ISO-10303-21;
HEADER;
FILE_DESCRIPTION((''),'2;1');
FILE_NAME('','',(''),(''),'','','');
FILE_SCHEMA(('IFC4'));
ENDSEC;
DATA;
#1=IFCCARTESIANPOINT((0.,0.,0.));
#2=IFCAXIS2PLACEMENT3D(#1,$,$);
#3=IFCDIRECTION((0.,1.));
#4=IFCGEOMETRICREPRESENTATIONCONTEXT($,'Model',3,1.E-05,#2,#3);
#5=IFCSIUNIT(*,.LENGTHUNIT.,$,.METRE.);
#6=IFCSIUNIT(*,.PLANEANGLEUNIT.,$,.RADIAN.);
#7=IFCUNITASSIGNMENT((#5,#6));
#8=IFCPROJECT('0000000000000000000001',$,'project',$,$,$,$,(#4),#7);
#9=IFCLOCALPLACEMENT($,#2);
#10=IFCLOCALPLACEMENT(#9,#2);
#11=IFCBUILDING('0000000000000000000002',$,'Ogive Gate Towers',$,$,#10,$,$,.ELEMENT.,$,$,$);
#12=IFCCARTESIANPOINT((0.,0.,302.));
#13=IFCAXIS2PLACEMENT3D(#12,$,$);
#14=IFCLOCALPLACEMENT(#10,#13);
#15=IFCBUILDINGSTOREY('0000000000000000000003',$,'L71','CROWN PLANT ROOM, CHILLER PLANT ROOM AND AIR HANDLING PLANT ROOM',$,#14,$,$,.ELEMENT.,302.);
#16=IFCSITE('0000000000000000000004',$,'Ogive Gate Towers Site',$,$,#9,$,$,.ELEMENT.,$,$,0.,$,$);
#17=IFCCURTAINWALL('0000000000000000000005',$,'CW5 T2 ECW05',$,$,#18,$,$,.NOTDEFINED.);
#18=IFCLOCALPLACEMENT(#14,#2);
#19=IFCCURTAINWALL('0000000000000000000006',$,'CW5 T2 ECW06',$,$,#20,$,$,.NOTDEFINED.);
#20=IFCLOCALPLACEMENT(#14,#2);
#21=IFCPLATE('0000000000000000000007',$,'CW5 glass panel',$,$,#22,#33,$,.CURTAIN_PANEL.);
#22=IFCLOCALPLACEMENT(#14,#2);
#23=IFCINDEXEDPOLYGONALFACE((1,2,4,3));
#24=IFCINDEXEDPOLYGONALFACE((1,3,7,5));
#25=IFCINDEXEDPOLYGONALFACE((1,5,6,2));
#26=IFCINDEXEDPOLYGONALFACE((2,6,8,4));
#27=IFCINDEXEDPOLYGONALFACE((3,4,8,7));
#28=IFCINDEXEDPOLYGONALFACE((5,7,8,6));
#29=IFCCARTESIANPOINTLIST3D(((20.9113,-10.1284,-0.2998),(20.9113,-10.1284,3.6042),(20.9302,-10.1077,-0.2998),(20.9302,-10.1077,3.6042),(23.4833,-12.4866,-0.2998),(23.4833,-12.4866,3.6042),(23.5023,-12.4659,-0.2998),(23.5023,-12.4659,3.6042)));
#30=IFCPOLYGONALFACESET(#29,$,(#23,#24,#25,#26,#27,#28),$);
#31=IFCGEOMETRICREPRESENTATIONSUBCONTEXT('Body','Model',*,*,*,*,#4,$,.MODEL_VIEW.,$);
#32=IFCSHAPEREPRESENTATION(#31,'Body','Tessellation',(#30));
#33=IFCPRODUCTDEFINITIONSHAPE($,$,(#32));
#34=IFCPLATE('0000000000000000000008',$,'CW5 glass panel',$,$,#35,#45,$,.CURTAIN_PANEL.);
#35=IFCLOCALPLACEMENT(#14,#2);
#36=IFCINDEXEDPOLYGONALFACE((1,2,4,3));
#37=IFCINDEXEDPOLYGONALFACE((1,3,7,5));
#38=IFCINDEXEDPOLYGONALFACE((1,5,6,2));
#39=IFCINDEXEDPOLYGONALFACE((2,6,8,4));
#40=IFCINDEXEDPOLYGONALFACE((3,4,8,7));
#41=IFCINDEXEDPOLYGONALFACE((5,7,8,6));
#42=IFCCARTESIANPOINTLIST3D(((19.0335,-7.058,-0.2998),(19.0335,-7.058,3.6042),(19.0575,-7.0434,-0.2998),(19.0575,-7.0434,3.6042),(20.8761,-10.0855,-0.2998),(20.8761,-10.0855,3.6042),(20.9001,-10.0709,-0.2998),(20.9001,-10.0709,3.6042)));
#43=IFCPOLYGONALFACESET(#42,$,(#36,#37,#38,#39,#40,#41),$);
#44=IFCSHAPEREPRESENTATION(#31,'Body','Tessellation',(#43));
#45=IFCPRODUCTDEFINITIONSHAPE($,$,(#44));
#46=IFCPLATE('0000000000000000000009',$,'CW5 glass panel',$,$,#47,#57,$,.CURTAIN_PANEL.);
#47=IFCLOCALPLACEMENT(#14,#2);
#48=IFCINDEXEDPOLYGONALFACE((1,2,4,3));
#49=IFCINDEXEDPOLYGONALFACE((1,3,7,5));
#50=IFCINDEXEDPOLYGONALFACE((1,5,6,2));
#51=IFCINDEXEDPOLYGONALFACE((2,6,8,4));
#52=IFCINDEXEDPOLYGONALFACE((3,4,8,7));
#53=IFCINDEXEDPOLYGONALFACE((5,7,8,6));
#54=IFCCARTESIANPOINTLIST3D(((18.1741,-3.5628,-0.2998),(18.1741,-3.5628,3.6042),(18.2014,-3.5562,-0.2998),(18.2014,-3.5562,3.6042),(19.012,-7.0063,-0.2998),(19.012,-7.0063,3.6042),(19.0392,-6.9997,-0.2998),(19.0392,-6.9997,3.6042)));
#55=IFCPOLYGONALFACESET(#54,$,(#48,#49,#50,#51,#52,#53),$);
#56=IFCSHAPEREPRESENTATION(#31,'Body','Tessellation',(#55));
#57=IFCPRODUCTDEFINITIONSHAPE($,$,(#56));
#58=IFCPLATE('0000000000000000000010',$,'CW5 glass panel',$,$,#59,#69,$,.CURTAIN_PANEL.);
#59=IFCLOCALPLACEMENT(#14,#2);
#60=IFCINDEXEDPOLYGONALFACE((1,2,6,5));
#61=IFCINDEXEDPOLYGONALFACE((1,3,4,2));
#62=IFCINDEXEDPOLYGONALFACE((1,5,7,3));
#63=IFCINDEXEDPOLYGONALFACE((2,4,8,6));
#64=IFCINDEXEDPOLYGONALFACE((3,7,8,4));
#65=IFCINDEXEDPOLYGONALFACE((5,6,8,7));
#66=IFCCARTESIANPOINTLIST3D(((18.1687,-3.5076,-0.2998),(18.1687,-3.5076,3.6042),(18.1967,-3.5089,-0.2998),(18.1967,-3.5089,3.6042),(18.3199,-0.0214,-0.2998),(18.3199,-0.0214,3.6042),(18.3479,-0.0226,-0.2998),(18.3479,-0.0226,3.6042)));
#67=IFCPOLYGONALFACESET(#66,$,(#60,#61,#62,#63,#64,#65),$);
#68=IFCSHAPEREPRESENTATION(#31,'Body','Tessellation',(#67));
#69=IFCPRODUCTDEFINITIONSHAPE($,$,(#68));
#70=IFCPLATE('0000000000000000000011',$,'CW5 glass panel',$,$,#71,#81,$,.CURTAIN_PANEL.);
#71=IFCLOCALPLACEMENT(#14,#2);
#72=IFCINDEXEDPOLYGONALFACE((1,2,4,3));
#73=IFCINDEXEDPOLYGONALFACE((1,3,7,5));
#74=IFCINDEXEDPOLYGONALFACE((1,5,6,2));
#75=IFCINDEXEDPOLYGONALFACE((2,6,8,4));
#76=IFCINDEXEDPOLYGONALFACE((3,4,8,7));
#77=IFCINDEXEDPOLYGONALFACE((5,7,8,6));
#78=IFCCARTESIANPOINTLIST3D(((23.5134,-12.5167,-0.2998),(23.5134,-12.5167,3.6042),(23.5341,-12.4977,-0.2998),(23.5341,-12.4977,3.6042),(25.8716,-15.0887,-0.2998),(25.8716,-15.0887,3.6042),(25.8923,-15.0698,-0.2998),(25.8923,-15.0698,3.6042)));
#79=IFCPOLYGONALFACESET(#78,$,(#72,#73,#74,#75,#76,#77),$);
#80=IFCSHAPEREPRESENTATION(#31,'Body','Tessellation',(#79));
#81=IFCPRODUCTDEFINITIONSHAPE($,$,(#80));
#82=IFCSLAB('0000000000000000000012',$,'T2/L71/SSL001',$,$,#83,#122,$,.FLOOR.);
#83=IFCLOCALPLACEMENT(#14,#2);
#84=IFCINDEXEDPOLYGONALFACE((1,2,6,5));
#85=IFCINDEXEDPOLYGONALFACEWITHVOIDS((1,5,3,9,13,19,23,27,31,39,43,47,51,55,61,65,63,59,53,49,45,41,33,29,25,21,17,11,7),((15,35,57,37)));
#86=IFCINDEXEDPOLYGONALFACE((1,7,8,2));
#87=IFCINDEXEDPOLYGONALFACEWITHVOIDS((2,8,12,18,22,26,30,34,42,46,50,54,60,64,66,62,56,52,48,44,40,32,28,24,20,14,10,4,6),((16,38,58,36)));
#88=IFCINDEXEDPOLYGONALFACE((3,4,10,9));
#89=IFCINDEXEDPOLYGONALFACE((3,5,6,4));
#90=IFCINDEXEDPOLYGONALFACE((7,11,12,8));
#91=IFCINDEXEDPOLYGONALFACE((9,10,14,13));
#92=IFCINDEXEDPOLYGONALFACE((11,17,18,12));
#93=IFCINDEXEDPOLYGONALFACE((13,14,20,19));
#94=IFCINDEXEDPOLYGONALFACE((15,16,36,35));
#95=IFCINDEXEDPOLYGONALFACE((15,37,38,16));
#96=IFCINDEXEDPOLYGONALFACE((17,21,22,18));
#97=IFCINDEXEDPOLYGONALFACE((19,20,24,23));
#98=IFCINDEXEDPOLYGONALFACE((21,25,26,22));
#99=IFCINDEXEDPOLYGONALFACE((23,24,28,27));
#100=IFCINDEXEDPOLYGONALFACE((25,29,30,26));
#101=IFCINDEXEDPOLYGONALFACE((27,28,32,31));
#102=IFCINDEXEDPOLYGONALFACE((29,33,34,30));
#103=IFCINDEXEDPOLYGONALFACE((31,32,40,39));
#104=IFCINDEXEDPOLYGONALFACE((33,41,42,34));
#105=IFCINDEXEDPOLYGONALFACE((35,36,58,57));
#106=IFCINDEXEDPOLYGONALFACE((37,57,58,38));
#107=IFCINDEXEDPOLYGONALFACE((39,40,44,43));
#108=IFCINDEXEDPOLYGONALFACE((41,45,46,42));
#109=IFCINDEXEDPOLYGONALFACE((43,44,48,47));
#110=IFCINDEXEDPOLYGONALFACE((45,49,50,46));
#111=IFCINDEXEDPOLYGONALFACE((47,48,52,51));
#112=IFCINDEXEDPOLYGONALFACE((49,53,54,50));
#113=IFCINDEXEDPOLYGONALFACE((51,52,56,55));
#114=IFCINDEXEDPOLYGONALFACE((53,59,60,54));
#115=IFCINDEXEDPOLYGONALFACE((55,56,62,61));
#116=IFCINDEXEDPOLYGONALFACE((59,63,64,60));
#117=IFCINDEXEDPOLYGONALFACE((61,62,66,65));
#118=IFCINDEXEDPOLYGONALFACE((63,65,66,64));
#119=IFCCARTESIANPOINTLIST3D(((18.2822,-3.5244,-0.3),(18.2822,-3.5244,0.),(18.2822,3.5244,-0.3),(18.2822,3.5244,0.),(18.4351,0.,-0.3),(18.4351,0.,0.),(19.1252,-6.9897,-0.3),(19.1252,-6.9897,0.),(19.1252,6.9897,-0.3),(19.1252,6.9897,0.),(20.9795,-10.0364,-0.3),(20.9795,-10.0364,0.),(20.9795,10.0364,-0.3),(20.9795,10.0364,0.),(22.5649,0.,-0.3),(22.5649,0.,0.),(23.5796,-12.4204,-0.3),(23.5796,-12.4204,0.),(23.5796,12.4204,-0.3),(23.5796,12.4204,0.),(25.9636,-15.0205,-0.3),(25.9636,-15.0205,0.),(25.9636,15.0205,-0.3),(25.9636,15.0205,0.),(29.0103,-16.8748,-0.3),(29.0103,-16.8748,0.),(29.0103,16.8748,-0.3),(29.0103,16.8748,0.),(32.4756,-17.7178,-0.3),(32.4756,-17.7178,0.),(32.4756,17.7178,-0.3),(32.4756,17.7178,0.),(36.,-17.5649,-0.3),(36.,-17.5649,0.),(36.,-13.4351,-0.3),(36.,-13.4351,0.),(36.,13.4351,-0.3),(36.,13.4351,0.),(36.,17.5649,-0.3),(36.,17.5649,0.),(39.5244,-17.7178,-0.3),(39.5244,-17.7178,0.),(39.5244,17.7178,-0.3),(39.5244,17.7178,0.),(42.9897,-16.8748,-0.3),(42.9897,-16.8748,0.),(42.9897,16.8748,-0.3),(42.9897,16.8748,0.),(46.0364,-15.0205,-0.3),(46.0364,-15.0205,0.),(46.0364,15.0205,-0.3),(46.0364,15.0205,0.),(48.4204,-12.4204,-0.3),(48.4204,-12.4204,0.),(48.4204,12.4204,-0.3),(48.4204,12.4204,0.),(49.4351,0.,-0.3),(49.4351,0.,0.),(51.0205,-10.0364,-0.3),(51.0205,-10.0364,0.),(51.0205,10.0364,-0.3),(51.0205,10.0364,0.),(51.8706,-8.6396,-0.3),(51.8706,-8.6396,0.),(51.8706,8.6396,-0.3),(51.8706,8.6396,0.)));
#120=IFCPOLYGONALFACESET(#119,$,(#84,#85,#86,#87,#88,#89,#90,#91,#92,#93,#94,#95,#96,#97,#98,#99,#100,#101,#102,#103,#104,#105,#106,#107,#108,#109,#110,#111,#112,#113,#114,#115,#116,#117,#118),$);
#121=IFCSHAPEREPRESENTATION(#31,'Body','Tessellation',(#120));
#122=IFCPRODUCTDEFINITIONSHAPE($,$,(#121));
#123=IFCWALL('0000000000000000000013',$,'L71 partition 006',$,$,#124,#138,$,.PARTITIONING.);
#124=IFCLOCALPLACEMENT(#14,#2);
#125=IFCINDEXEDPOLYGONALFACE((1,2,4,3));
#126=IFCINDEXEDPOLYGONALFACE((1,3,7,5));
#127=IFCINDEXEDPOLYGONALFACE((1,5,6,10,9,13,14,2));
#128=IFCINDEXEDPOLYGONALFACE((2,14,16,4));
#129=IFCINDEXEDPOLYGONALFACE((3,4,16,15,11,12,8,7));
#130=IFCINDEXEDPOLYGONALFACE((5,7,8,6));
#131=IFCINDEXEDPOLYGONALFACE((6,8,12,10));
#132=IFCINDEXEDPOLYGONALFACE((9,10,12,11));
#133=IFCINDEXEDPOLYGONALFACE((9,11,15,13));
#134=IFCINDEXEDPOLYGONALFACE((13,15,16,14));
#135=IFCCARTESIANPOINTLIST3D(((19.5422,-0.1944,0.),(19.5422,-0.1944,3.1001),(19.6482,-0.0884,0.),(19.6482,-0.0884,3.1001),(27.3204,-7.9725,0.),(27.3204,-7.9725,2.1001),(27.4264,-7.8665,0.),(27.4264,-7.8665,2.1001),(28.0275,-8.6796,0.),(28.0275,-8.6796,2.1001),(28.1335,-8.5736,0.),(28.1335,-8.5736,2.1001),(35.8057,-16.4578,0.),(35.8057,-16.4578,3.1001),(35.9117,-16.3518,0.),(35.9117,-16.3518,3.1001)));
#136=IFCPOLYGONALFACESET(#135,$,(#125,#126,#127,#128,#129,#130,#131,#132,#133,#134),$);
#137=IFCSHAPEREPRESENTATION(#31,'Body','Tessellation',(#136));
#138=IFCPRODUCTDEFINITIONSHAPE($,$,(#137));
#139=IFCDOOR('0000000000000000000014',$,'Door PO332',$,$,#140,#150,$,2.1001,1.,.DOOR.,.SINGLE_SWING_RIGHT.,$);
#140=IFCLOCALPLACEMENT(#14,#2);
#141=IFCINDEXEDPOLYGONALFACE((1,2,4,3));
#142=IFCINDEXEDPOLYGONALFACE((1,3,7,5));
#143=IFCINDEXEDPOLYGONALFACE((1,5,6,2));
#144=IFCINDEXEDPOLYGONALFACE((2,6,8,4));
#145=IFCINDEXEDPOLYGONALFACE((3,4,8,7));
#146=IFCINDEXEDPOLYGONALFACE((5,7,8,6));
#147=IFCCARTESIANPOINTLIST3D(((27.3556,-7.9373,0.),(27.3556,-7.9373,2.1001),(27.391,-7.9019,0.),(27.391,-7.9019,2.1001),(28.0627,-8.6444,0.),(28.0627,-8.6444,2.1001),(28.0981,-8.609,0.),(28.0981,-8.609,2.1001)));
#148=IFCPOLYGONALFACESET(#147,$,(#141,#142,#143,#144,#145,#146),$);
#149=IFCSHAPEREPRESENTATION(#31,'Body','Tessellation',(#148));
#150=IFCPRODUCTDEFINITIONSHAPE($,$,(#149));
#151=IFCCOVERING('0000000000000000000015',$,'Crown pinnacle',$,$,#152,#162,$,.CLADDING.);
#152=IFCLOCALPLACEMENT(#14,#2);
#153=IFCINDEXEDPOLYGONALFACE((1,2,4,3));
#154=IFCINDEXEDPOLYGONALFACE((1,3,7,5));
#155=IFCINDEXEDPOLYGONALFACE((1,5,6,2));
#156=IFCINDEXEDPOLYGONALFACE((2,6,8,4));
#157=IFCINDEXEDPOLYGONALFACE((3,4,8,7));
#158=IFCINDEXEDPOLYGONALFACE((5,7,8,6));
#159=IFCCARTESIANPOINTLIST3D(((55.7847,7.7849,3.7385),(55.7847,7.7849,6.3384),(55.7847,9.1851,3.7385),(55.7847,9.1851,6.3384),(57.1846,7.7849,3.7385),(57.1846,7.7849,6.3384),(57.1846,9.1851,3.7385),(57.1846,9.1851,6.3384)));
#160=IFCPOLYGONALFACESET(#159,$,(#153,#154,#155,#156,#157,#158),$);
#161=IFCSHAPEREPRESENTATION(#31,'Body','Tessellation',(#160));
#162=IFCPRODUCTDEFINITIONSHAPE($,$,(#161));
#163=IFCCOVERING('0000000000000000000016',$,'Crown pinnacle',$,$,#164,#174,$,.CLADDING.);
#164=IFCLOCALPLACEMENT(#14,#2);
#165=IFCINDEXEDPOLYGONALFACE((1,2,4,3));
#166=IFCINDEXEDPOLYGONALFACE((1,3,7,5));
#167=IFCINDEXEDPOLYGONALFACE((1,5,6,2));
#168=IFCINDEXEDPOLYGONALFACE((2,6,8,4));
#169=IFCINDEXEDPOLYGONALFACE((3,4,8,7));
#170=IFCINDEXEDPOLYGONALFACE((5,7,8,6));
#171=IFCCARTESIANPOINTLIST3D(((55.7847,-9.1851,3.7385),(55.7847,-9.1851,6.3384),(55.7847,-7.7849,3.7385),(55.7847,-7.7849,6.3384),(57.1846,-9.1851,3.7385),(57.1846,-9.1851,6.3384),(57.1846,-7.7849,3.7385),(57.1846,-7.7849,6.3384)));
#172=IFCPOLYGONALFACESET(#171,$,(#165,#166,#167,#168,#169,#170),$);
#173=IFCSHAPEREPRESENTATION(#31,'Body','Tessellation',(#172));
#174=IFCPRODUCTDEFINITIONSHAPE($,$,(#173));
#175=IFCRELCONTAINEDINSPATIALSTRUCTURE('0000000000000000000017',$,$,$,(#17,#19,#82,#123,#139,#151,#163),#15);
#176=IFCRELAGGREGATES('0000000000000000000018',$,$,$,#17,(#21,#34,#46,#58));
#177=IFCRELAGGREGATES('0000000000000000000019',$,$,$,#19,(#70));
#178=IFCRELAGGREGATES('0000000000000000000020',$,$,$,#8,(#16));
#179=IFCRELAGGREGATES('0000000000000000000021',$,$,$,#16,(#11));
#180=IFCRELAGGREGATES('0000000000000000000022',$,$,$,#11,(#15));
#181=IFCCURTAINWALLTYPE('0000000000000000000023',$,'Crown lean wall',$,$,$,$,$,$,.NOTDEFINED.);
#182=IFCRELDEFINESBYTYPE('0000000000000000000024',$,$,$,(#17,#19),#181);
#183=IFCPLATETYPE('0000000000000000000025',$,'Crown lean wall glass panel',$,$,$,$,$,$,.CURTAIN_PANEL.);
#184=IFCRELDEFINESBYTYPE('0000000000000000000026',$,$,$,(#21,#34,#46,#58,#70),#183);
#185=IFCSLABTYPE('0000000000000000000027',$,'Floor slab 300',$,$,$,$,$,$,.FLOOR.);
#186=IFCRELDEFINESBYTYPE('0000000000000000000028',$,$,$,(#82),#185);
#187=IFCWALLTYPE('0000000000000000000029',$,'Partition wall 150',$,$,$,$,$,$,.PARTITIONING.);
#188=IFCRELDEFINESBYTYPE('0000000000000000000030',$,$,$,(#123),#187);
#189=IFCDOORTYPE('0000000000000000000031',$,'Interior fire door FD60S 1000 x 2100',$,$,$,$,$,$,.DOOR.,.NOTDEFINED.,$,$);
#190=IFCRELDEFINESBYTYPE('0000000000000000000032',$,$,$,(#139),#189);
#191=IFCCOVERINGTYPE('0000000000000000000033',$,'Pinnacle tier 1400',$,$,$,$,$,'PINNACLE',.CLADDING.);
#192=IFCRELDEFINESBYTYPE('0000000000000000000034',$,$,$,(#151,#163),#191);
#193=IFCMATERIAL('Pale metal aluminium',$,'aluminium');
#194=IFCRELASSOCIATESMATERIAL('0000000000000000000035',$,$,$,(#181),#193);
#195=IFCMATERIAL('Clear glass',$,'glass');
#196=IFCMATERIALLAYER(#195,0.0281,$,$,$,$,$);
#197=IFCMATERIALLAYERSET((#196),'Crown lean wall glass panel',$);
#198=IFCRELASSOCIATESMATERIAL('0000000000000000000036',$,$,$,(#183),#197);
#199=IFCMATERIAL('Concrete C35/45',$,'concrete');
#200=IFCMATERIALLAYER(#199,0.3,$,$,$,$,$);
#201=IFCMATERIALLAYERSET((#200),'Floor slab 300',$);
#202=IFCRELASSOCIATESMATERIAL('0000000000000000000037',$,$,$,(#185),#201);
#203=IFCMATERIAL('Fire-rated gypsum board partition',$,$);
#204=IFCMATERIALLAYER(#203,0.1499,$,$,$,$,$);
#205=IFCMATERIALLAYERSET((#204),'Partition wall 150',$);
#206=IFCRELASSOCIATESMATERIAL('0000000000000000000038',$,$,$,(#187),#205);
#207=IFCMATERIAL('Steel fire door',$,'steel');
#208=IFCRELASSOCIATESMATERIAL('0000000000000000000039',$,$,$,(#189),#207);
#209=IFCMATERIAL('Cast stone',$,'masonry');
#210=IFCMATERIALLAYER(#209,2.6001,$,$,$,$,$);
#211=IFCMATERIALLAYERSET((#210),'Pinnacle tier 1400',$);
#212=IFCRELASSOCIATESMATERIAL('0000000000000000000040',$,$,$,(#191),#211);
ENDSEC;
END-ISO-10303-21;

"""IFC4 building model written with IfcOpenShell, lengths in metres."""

from ifc_helpers import new_model, si_unit, direction, frame, frame_2d, origin, origin_2d, place, context, subcontext, project, spatial, polyline, rectangle, outline, extrude, material, layer, layer_set, type_object, element, fill, aggregate, save


model = new_model("IFC4")

# Units and contexts
model_context = context("Model", 3, precision=1e-05, world=origin(), true_north=direction((0.0, 1.0)))
body_context = subcontext(model_context, "Body", "Model", "MODEL_VIEW")
ifc_project = project(units=[si_unit("LENGTHUNIT", "METRE"), si_unit("PLANEANGLEUNIT", "RADIAN")], contexts=[model_context])

# Site, building, storey
site_placement = place(None, origin())
site = spatial("IfcSite", under=ifc_project, at=site_placement, Name="Ogive Gate Towers Site", CompositionType="ELEMENT", RefElevation=0.0)
building_placement = place(site_placement, origin())
building = spatial("IfcBuilding", under=site, at=building_placement, Name="Ogive Gate Towers", CompositionType="ELEMENT")
storey_placement = place(building_placement, frame((0.0, 0.0, 302.0)))
storey = spatial("IfcBuildingStorey", under=building, at=storey_placement, Name="L71", Description="CROWN PLANT ROOM, CHILLER PLANT ROOM AND AIR HANDLING PLANT ROOM", CompositionType="ELEMENT", Elevation=302.0)

# Shared definitions
ifc_material_1 = material(Name="Pale metal aluminium", Category="aluminium")
curtain_wall_type = type_object("IfcCurtainWallType", Name="Crown lean wall", PredefinedType="NOTDEFINED", material=ifc_material_1)

# Curtain wall
curtain_wall_1_placement = place(storey_placement, origin())
curtain_wall_1 = element("IfcCurtainWall", 1, at=curtain_wall_1_placement, inside=storey, type_object=curtain_wall_type, Name="CW5 T2 ECW05", PredefinedType="NOTDEFINED")

# Curtain wall
curtain_wall_2_placement = place(storey_placement, origin())
curtain_wall_2 = element("IfcCurtainWall", 2, at=curtain_wall_2_placement, inside=storey, type_object=curtain_wall_type, Name="CW5 T2 ECW06", PredefinedType="NOTDEFINED")

# Plates
ifc_material_2 = material(Name="Clear glass", Category="glass")
ifc_layer_1 = layer(ifc_material_2, 0.0281)
ifc_layer_set_1 = layer_set([ifc_layer_1], Name="Crown lean wall glass panel")
plate_type = type_object("IfcPlateType", Name="Crown lean wall glass panel", PredefinedType="CURTAIN_PANEL", material=ifc_layer_set_1)
plate_1_placement = place(storey_placement, frame((22.2068, -11.2971, -0.2998), z_axis=(0.0, 0.0, 1.0), x_axis=(-0.737089, 0.675796, 0.0)))
plate_1 = element("IfcPlate", 3, at=plate_1_placement, type_object=plate_type, Name="CW5 glass panel", PredefinedType="CURTAIN_PANEL", context=body_context, shape_type="SweptSolid", body=[
    extrude(rectangle(XDim=3.4895, YDim=0.0281, at=origin_2d()), origin(), (0.0, 0.0, 1.0), 3.9041),
])
plate_2_placement = place(storey_placement, frame((19.9668, -8.5645, -0.2998), z_axis=(0.0, 0.0, 1.0), x_axis=(-0.519892, 0.854232, 0.0)))
plate_2 = element("IfcPlate", 4, at=plate_2_placement, type_object=plate_type, Name="CW5 glass panel", PredefinedType="CURTAIN_PANEL", context=body_context, shape_type="SweptSolid", body=[
    extrude(rectangle(XDim=3.5442, YDim=0.0281, at=origin_2d()), origin(), (0.0, 0.0, 1.0), 3.9041),
])
plate_3_placement = place(storey_placement, frame((18.6067, -5.2812, -0.2998), z_axis=(0.0, 0.0, 1.0), x_axis=(-0.236414, 0.971652, 0.0)))
plate_3 = element("IfcPlate", 5, at=plate_3_placement, type_object=plate_type, Name="CW5 glass panel", PredefinedType="CURTAIN_PANEL", context=body_context, shape_type="SweptSolid", body=[
    extrude(rectangle(XDim=3.5439, YDim=0.0281, at=origin_2d()), origin(), (0.0, 0.0, 1.0), 3.9041),
])
plate_4_placement = place(storey_placement, frame((18.2583, -1.7651, -0.2998), z_axis=(0.0, 0.0, 1.0), x_axis=(0.04334, 0.99906, 0.0)))
plate_4 = element("IfcPlate", 6, at=plate_4_placement, type_object=plate_type, Name="CW5 glass panel", PredefinedType="CURTAIN_PANEL", context=body_context, shape_type="SweptSolid", body=[
    extrude(rectangle(XDim=3.4895, YDim=0.0281, at=origin_2d()), origin(), (0.0, 0.0, 1.0), 3.9041),
])
aggregate(curtain_wall_1, [plate_1, plate_2, plate_3, plate_4])
plate_5_placement = place(storey_placement, frame((24.7029, -13.7932, -0.2998), z_axis=(0.0, 0.0, 1.0), x_axis=(-0.675796, 0.737089, 0.0)))
plate_5 = element("IfcPlate", 7, at=plate_5_placement, type_object=plate_type, Name="CW5 glass panel", PredefinedType="CURTAIN_PANEL", context=body_context, shape_type="SweptSolid", body=[
    extrude(rectangle(XDim=3.4895, YDim=0.0281, at=origin_2d()), origin(), (0.0, 0.0, 1.0), 3.9041),
])
aggregate(curtain_wall_2, [plate_5])

# Slab
ifc_material_3 = material(Name="Concrete C35/45", Category="concrete")
ifc_layer_2 = layer(ifc_material_3, 0.3)
ifc_layer_set_2 = layer_set([ifc_layer_2], Name="Floor slab 300")
slab_type = type_object("IfcSlabType", Name="Floor slab 300", PredefinedType="FLOOR", material=ifc_layer_set_2)
slab_placement = place(storey_placement, frame((0.0, 0.0, -0.3)))
element("IfcSlab", 8, at=slab_placement, inside=storey, type_object=slab_type, Name="T2/L71/SSL001", PredefinedType="FLOOR", context=body_context, shape_type="SweptSolid", body=[
    extrude(outline(polyline([(48.4204, -12.4204), (51.0205, -10.0364), (51.8706, -8.6396), (51.8706, 8.6396), (51.0205, 10.0364), (48.4204, 12.4204), (46.0364, 15.0205), (42.9897, 16.8748), (39.5244, 17.7178), (36.0, 17.5649), (32.4756, 17.7178), (29.0103, 16.8748), (25.9636, 15.0205), (23.5796, 12.4204), (20.9795, 10.0364), (19.1252, 6.9897), (18.2822, 3.5244), (18.4351, 0.0), (18.2822, -3.5244), (19.1252, -6.9897), (20.9795, -10.0364), (23.5796, -12.4204), (25.9636, -15.0205), (29.0103, -16.8748), (32.4756, -17.7178), (36.0, -17.5649), (39.5244, -17.7178), (42.9897, -16.8748), (46.0364, -15.0205), (48.4204, -12.4204)]), holes=[polyline([(49.4351, 0.0), (36.0, -13.4351), (22.5649, 0.0), (36.0, 13.4351), (49.4351, 0.0)])]), origin(), (0.0, 0.0, 1.0), 0.3),
])

# Wall, opening, door
ifc_material_4 = material(Name="Fire-rated gypsum board partition")
ifc_layer_3 = layer(ifc_material_4, 0.1499)
ifc_layer_set_3 = layer_set([ifc_layer_3], Name="Partition wall 150")
wall_type = type_object("IfcWallType", Name="Partition wall 150", PredefinedType="PARTITIONING", material=ifc_layer_set_3)
wall_placement = place(storey_placement, frame((19.5952, -0.1414, 0.0), z_axis=(0.0, 0.0, 1.0), x_axis=(0.707107, -0.707107, 0.0)))
wall = element("IfcWall", 9, at=wall_placement, inside=storey, type_object=wall_type, Name="L71 partition 006", PredefinedType="PARTITIONING", context=body_context, shape_type="SweptSolid", body=[
    extrude(rectangle(XDim=23.0, YDim=0.1499, at=frame_2d((11.5, 0.0))), origin(), (0.0, 0.0, 1.0), 3.1001),
])
opening_placement = place(wall_placement, frame((11.0, 0.0, 0.0)))
opening = element("IfcOpeningElement", 10, at=opening_placement, cuts=wall, PredefinedType="OPENING", context=body_context, shape_type="SweptSolid", body=[
    extrude(rectangle(XDim=1.0, YDim=2.1001, at=frame_2d((0.5, 1.05))), frame((0.0, 0.085, 0.0), z_axis=(0.0, -1.0, 0.0), x_axis=(1.0, 0.0, 0.0)), (0.0, 0.0, 1.0), 0.1699),
])
ifc_material_5 = material(Name="Steel fire door", Category="steel")
door_type = type_object("IfcDoorType", Name="Interior fire door FD60S 1000 x 2100", OperationType="NOTDEFINED", PredefinedType="DOOR", material=ifc_material_5)
door_placement = place(opening_placement, origin())
door = element("IfcDoor", 11, at=door_placement, inside=storey, type_object=door_type, Name="Door PO332", OperationType="SINGLE_SWING_RIGHT", OverallHeight=2.1001, OverallWidth=1.0, PredefinedType="DOOR", context=body_context, shape_type="SweptSolid", body=[
    extrude(rectangle(XDim=1.0, YDim=2.1001, at=frame_2d((0.5, 1.05))), frame((0.0, 0.0249, 0.0), z_axis=(0.0, -1.0, 0.0), x_axis=(1.0, 0.0, 0.0)), (0.0, 0.0, 1.0), 0.05),
])
fill(opening, door)

# Coverings
ifc_material_6 = material(Name="Cast stone", Category="masonry")
ifc_layer_4 = layer(ifc_material_6, 2.6001)
ifc_layer_set_4 = layer_set([ifc_layer_4], Name="Pinnacle tier 1400")
covering_type = type_object("IfcCoveringType", Name="Pinnacle tier 1400", ElementType="PINNACLE", PredefinedType="CLADDING", material=ifc_layer_set_4)
covering_1_placement = place(storey_placement, frame((0.0, 0.0, 3.7385)))
element("IfcCovering", 12, at=covering_1_placement, inside=storey, type_object=covering_type, Name="Crown pinnacle", PredefinedType="CLADDING", context=body_context, shape_type="SweptSolid", body=[
    extrude(outline(polyline([(57.1846, 9.1851), (55.7847, 9.1851), (55.7847, 7.7849), (57.1846, 7.7849), (57.1846, 9.1851)])), origin(), (0.0, 0.0, 1.0), 2.5999),
])
covering_2_placement = place(storey_placement, frame((0.0, 0.0, 3.7385)))
element("IfcCovering", 13, at=covering_2_placement, inside=storey, type_object=covering_type, Name="Crown pinnacle", PredefinedType="CLADDING", context=body_context, shape_type="SweptSolid", body=[
    extrude(outline(polyline([(57.1846, -7.7849), (55.7847, -7.7849), (55.7847, -9.1851), (57.1846, -9.1851), (57.1846, -7.7849)])), origin(), (0.0, 0.0, 1.0), 2.5999),
])

save(model, "model.ifc")
